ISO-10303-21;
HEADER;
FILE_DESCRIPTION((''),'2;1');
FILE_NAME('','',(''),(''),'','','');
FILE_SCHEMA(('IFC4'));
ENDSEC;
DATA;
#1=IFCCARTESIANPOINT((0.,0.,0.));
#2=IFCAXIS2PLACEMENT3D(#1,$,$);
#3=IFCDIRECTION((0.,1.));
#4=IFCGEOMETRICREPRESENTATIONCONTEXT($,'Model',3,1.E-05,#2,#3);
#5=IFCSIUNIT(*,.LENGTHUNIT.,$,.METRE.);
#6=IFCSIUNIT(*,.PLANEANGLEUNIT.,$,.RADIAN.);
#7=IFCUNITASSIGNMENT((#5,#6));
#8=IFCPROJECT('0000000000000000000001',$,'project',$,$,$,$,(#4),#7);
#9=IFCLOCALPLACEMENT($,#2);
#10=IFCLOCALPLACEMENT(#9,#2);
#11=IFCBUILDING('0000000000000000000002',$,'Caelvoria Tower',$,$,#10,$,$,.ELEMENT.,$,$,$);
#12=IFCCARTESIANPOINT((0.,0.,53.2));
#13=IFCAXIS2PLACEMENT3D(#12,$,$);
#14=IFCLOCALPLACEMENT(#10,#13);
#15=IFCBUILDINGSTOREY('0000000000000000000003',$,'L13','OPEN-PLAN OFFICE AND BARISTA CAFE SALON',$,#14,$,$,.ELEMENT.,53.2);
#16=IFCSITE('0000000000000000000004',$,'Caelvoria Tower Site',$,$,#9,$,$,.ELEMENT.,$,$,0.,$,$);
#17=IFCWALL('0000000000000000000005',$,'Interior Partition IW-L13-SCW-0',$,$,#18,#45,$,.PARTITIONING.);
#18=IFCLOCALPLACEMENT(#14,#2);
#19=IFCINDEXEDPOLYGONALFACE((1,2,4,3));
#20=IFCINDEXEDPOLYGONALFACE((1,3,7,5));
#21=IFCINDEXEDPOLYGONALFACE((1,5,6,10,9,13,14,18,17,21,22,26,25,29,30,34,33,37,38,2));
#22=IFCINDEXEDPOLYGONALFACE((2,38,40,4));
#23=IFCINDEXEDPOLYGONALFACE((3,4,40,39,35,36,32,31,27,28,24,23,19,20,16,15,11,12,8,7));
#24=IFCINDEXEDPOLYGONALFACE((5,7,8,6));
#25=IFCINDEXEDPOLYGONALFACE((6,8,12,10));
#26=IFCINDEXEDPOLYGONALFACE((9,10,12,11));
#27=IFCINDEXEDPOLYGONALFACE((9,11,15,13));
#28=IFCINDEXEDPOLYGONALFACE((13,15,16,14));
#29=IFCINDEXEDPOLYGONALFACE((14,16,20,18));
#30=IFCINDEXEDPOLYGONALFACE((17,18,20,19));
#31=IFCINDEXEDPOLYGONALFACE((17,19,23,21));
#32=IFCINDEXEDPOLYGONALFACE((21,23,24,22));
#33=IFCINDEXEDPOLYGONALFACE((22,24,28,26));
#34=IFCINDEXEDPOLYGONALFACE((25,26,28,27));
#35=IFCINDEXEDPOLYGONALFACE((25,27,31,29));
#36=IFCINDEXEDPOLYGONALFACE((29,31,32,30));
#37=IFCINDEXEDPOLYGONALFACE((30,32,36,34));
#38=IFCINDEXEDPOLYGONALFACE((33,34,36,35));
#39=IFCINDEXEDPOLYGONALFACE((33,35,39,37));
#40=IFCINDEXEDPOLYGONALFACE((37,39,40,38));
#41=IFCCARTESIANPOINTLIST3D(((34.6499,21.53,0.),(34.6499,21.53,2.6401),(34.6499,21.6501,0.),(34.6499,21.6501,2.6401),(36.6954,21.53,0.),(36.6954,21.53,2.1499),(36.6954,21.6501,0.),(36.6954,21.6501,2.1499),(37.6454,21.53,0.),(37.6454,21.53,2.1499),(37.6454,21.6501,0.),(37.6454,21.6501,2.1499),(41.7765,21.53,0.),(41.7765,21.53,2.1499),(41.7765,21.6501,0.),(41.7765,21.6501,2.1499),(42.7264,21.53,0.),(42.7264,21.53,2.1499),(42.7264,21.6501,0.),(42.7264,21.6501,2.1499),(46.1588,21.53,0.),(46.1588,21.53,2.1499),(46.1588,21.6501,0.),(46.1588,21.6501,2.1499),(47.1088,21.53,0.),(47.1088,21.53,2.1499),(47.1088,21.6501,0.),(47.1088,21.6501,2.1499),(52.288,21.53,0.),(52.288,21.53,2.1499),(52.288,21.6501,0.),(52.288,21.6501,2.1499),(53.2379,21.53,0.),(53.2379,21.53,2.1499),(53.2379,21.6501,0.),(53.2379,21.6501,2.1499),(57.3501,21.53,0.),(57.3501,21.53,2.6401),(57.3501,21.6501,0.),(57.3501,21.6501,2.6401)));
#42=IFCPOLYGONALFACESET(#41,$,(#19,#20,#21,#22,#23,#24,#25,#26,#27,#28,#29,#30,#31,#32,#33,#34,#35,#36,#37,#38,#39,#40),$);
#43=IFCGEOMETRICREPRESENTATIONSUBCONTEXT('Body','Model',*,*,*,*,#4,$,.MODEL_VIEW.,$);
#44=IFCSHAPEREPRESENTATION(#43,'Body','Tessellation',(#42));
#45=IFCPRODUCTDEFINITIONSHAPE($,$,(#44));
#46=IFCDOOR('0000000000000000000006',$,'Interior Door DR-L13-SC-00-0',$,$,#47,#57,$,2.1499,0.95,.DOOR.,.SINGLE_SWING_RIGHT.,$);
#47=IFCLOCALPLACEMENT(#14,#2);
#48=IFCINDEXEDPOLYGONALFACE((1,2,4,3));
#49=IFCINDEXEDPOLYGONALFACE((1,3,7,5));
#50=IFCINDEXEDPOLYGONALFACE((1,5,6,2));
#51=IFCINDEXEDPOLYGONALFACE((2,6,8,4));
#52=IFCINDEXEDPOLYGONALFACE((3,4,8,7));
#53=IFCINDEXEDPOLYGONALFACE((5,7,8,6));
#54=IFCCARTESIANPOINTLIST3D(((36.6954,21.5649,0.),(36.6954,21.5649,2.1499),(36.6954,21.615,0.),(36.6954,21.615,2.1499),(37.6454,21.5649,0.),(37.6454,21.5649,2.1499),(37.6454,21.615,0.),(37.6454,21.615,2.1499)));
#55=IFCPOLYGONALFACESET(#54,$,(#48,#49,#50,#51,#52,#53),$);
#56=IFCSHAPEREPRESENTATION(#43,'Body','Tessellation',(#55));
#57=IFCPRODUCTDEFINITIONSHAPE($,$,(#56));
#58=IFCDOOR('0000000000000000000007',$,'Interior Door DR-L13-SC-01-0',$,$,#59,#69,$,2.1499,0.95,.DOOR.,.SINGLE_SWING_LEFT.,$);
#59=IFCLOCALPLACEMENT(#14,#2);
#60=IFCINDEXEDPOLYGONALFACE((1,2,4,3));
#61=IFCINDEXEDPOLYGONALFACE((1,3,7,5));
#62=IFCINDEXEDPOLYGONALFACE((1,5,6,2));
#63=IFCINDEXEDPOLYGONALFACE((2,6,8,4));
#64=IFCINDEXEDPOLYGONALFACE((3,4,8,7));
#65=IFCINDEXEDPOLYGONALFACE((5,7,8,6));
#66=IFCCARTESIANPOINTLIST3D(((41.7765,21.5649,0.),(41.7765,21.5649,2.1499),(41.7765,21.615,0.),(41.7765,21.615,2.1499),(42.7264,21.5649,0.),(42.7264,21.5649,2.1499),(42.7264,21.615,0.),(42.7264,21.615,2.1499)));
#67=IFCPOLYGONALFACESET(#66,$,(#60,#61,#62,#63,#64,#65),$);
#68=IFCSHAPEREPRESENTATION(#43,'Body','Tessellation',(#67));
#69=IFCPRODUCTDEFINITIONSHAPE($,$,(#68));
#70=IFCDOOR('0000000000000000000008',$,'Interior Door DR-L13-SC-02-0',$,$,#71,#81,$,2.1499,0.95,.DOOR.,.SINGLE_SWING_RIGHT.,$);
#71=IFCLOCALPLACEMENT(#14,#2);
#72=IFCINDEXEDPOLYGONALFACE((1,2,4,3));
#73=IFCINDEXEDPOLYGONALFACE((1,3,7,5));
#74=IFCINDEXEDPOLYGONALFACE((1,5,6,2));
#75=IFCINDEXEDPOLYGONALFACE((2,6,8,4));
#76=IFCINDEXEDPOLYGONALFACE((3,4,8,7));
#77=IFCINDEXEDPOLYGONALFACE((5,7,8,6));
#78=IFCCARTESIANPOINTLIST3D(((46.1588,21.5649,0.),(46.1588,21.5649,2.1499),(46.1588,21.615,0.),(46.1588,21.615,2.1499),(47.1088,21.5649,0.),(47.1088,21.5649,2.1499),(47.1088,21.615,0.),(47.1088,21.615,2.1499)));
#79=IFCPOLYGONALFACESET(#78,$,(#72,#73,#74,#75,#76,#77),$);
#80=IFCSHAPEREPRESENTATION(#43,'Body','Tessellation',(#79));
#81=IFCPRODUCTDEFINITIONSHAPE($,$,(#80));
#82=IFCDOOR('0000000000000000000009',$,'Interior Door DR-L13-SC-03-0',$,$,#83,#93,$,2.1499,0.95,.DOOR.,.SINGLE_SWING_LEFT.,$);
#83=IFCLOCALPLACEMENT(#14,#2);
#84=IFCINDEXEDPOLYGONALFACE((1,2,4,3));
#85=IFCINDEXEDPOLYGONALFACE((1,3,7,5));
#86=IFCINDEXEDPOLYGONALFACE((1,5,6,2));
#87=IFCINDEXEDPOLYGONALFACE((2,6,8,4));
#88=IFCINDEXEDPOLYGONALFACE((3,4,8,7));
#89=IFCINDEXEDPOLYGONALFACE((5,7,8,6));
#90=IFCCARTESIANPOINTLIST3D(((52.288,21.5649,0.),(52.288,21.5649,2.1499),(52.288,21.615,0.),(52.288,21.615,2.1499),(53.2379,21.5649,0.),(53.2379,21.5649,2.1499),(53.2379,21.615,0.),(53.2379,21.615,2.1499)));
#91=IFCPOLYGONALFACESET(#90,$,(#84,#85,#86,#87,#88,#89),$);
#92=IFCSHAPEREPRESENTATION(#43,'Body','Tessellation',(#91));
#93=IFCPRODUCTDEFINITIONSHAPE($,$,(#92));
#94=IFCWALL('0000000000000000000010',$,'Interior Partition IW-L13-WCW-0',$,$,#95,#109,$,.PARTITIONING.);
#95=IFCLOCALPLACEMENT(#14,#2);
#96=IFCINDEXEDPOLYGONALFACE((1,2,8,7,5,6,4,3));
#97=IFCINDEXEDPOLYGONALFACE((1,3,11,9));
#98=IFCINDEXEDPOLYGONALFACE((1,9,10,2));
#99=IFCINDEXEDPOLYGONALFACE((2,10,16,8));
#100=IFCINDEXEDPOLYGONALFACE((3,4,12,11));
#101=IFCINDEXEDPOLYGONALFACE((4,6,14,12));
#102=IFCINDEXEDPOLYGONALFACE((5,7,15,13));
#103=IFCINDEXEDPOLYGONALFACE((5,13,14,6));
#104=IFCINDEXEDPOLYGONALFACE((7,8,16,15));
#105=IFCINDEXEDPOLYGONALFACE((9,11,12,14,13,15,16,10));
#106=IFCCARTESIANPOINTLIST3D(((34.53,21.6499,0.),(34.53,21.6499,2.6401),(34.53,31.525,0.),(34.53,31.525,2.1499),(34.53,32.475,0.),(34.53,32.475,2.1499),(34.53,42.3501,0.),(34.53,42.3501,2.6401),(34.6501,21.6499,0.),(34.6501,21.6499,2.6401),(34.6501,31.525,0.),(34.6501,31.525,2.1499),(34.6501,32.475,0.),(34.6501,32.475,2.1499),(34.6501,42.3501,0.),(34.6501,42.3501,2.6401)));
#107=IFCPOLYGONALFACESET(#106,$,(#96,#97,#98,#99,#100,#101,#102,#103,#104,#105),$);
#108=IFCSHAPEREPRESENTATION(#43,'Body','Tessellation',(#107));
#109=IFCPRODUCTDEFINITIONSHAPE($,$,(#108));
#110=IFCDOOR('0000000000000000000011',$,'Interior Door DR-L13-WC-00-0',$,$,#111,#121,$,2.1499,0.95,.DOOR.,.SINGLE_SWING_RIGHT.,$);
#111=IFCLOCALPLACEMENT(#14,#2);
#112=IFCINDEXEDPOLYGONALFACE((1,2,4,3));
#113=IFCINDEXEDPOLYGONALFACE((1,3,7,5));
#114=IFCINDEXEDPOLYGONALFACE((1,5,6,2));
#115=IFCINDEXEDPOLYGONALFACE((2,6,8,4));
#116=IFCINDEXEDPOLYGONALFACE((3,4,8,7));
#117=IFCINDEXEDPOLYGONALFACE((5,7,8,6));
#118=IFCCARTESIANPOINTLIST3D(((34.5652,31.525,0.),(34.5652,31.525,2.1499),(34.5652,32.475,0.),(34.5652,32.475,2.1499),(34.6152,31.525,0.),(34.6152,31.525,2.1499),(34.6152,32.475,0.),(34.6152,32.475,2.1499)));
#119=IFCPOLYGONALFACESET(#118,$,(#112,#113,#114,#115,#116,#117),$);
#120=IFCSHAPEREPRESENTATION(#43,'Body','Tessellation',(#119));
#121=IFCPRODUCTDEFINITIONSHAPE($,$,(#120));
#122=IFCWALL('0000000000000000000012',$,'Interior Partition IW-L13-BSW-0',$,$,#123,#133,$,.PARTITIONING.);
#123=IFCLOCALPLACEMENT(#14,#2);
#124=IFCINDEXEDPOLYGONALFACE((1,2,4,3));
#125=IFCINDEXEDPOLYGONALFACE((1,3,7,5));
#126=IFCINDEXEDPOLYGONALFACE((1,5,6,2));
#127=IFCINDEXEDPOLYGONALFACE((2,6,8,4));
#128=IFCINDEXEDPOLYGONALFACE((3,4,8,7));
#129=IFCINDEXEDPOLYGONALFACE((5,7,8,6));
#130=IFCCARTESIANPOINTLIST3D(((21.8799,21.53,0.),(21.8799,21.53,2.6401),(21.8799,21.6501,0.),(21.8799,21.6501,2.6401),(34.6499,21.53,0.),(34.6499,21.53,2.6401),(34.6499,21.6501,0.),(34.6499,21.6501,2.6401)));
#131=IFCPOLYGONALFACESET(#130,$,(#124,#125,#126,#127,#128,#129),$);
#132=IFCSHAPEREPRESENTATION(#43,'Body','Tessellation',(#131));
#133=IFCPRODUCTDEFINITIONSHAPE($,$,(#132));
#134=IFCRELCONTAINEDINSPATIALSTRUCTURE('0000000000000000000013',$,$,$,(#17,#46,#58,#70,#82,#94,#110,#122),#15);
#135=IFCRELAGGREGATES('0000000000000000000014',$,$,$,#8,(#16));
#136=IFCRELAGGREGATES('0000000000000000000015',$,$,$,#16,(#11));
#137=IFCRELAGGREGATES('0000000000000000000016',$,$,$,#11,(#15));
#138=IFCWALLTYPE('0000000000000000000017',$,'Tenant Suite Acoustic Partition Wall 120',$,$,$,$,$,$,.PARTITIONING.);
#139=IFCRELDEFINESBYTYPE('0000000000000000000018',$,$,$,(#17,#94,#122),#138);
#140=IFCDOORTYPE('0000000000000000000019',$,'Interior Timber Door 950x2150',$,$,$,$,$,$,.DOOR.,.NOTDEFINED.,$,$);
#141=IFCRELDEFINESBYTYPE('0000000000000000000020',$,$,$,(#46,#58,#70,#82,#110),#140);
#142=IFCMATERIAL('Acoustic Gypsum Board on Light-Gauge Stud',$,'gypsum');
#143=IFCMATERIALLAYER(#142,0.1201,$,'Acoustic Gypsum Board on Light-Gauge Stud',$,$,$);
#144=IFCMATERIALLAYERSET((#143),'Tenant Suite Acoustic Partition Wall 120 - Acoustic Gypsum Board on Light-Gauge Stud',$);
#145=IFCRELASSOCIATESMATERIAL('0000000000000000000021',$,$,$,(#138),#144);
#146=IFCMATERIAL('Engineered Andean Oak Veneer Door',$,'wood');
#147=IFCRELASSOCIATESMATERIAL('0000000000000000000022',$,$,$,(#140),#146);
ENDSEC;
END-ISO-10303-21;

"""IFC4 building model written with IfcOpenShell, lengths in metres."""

from ifc_helpers import new_model, si_unit, direction, frame, frame_2d, origin, place, context, subcontext, project, spatial, rectangle, extrude, material, layer, layer_set, type_object, element, fill, save


model = new_model("IFC4")

# Units and contexts
model_context = context("Model", 3, precision=1e-05, world=origin(), true_north=direction((0.0, 1.0)))
body_context = subcontext(model_context, "Body", "Model", "MODEL_VIEW")
ifc_project = project(units=[si_unit("LENGTHUNIT", "METRE"), si_unit("PLANEANGLEUNIT", "RADIAN")], contexts=[model_context])

# Site, building, storey
site_placement = place(None, origin())
site = spatial("IfcSite", under=ifc_project, at=site_placement, Name="Caelvoria Tower Site", CompositionType="ELEMENT", RefElevation=0.0)
building_placement = place(site_placement, origin())
building = spatial("IfcBuilding", under=site, at=building_placement, Name="Caelvoria Tower", CompositionType="ELEMENT")
storey_placement = place(building_placement, frame((0.0, 0.0, 53.2)))
storey = spatial("IfcBuildingStorey", under=building, at=storey_placement, Name="L13", Description="OPEN-PLAN OFFICE AND BARISTA CAFE SALON", CompositionType="ELEMENT", Elevation=53.2)

# Shared definitions
ifc_material_1 = material(Name="Acoustic Gypsum Board on Light-Gauge Stud", Category="gypsum")
ifc_layer_1 = layer(ifc_material_1, 0.1201, Name="Acoustic Gypsum Board on Light-Gauge Stud")
ifc_layer_set_1 = layer_set([ifc_layer_1], Name="Tenant Suite Acoustic Partition Wall 120 - Acoustic Gypsum Board on Light-Gauge Stud")
wall_type_1 = type_object("IfcWallType", Name="Tenant Suite Acoustic Partition Wall 120", PredefinedType="PARTITIONING", material=ifc_layer_set_1)
ifc_material_2 = material(Name="Engineered Andean Oak Veneer Door", Category="wood")

# Wall, openings, doors
wall_1_placement = place(storey_placement, frame((34.6499, 21.5901, 0.0), z_axis=(0.0, 0.0, 1.0), x_axis=(1.0, 0.0, 0.0)))
wall_1 = element("IfcWall", 1, at=wall_1_placement, inside=storey, type_object=wall_type_1, Name="Interior Partition IW-L13-SCW-0", PredefinedType="PARTITIONING", context=body_context, shape_type="SweptSolid", body=[
    extrude(rectangle(XDim=22.7002, YDim=0.1201, at=frame_2d((11.3501, 0.0))), origin(), (0.0, 0.0, 1.0), 2.6401),
])
opening_1_placement = place(wall_1_placement, frame((2.0454, 0.0, 0.0)))
opening_1 = element("IfcOpeningElement", 2, at=opening_1_placement, cuts=wall_1, PredefinedType="OPENING", context=body_context, shape_type="SweptSolid", body=[
    extrude(rectangle(XDim=0.95, YDim=2.1499, at=frame_2d((0.4751, 1.075))), frame((0.0, 0.0701, 0.0), z_axis=(0.0, -1.0, 0.0), x_axis=(1.0, 0.0, 0.0)), (0.0, 0.0, 1.0), 0.1401),
])
opening_2_placement = place(wall_1_placement, frame((7.1265, 0.0, 0.0)))
opening_2 = element("IfcOpeningElement", 3, at=opening_2_placement, cuts=wall_1, PredefinedType="OPENING", context=body_context, shape_type="SweptSolid", body=[
    extrude(rectangle(XDim=0.95, YDim=2.1499, at=frame_2d((0.4751, 1.075))), frame((0.0, 0.0701, 0.0), z_axis=(0.0, -1.0, 0.0), x_axis=(1.0, 0.0, 0.0)), (0.0, 0.0, 1.0), 0.1401),
])
opening_3_placement = place(wall_1_placement, frame((11.5088, 0.0, 0.0)))
opening_3 = element("IfcOpeningElement", 4, at=opening_3_placement, cuts=wall_1, PredefinedType="OPENING", context=body_context, shape_type="SweptSolid", body=[
    extrude(rectangle(XDim=0.95, YDim=2.1499, at=frame_2d((0.4751, 1.075))), frame((0.0, 0.0701, 0.0), z_axis=(0.0, -1.0, 0.0), x_axis=(1.0, 0.0, 0.0)), (0.0, 0.0, 1.0), 0.1401),
])
opening_4_placement = place(wall_1_placement, frame((17.6379, 0.0, 0.0)))
opening_4 = element("IfcOpeningElement", 5, at=opening_4_placement, cuts=wall_1, PredefinedType="OPENING", context=body_context, shape_type="SweptSolid", body=[
    extrude(rectangle(XDim=0.95, YDim=2.1499, at=frame_2d((0.4751, 1.075))), frame((0.0, 0.0701, 0.0), z_axis=(0.0, -1.0, 0.0), x_axis=(1.0, 0.0, 0.0)), (0.0, 0.0, 1.0), 0.1401),
])
door_type_1 = type_object("IfcDoorType", Name="Interior Timber Door 950x2150", OperationType="NOTDEFINED", PredefinedType="DOOR", material=ifc_material_2)
door_1_placement = place(opening_1_placement, origin())
door_1 = element("IfcDoor", 6, at=door_1_placement, inside=storey, type_object=door_type_1, Name="Interior Door DR-L13-SC-00-0", OperationType="SINGLE_SWING_RIGHT", OverallHeight=2.1499, OverallWidth=0.95, PredefinedType="DOOR", context=body_context, shape_type="SweptSolid", body=[
    extrude(rectangle(XDim=0.95, YDim=2.1499, at=frame_2d((0.4751, 1.075))), frame((0.0, 0.0249, 0.0), z_axis=(0.0, -1.0, 0.0), x_axis=(1.0, 0.0, 0.0)), (0.0, 0.0, 1.0), 0.05),
])
fill(opening_1, door_1)
door_2_placement = place(opening_2_placement, origin())
door_2 = element("IfcDoor", 7, at=door_2_placement, inside=storey, type_object=door_type_1, Name="Interior Door DR-L13-SC-01-0", OperationType="SINGLE_SWING_LEFT", OverallHeight=2.1499, OverallWidth=0.95, PredefinedType="DOOR", context=body_context, shape_type="SweptSolid", body=[
    extrude(rectangle(XDim=0.95, YDim=2.1499, at=frame_2d((0.4751, 1.075))), frame((0.0, 0.0249, 0.0), z_axis=(0.0, -1.0, 0.0), x_axis=(1.0, 0.0, 0.0)), (0.0, 0.0, 1.0), 0.05),
])
fill(opening_2, door_2)
door_3_placement = place(opening_3_placement, origin())
door_3 = element("IfcDoor", 8, at=door_3_placement, inside=storey, type_object=door_type_1, Name="Interior Door DR-L13-SC-02-0", OperationType="SINGLE_SWING_RIGHT", OverallHeight=2.1499, OverallWidth=0.95, PredefinedType="DOOR", context=body_context, shape_type="SweptSolid", body=[
    extrude(rectangle(XDim=0.95, YDim=2.1499, at=frame_2d((0.4751, 1.075))), frame((0.0, 0.0249, 0.0), z_axis=(0.0, -1.0, 0.0), x_axis=(1.0, 0.0, 0.0)), (0.0, 0.0, 1.0), 0.05),
])
fill(opening_3, door_3)
door_4_placement = place(opening_4_placement, origin())
door_4 = element("IfcDoor", 9, at=door_4_placement, inside=storey, type_object=door_type_1, Name="Interior Door DR-L13-SC-03-0", OperationType="SINGLE_SWING_LEFT", OverallHeight=2.1499, OverallWidth=0.95, PredefinedType="DOOR", context=body_context, shape_type="SweptSolid", body=[
    extrude(rectangle(XDim=0.95, YDim=2.1499, at=frame_2d((0.4751, 1.075))), frame((0.0, 0.0249, 0.0), z_axis=(0.0, -1.0, 0.0), x_axis=(1.0, 0.0, 0.0)), (0.0, 0.0, 1.0), 0.05),
])
fill(opening_4, door_4)

# Wall, opening, door
wall_2_placement = place(storey_placement, frame((34.5901, 21.6499, 0.0), z_axis=(0.0, 0.0, 1.0), x_axis=(0.0, 1.0, 0.0)))
wall_2 = element("IfcWall", 10, at=wall_2_placement, inside=storey, type_object=wall_type_1, Name="Interior Partition IW-L13-WCW-0", PredefinedType="PARTITIONING", context=body_context, shape_type="SweptSolid", body=[
    extrude(rectangle(XDim=20.7002, YDim=0.1201, at=frame_2d((10.3501, 0.0))), origin(), (0.0, 0.0, 1.0), 2.6401),
])
opening_5_placement = place(wall_2_placement, frame((9.875, 0.0, 0.0)))
opening_5 = element("IfcOpeningElement", 11, at=opening_5_placement, cuts=wall_2, PredefinedType="OPENING", context=body_context, shape_type="SweptSolid", body=[
    extrude(rectangle(XDim=0.95, YDim=2.1499, at=frame_2d((0.4751, 1.075))), frame((0.0, 0.0701, 0.0), z_axis=(0.0, -1.0, 0.0), x_axis=(1.0, 0.0, 0.0)), (0.0, 0.0, 1.0), 0.1401),
])
door_5_placement = place(opening_5_placement, origin())
door_5 = element("IfcDoor", 12, at=door_5_placement, inside=storey, type_object=door_type_1, Name="Interior Door DR-L13-WC-00-0", OperationType="SINGLE_SWING_RIGHT", OverallHeight=2.1499, OverallWidth=0.95, PredefinedType="DOOR", context=body_context, shape_type="SweptSolid", body=[
    extrude(rectangle(XDim=0.95, YDim=2.1499, at=frame_2d((0.4751, 1.075))), frame((0.0, 0.0249, 0.0), z_axis=(0.0, -1.0, 0.0), x_axis=(1.0, 0.0, 0.0)), (0.0, 0.0, 1.0), 0.05),
])
fill(opening_5, door_5)

# Wall
wall_3_placement = place(storey_placement, frame((34.6499, 21.5901, 0.0), z_axis=(0.0, 0.0, 1.0), x_axis=(-1.0, 0.0, 0.0)))
element("IfcWall", 13, at=wall_3_placement, inside=storey, type_object=wall_type_1, Name="Interior Partition IW-L13-BSW-0", PredefinedType="PARTITIONING", context=body_context, shape_type="SweptSolid", body=[
    extrude(rectangle(XDim=12.77, YDim=0.1201, at=frame_2d((6.385, 0.0))), origin(), (0.0, 0.0, 1.0), 2.6401),
])

save(model, "model.ifc")
